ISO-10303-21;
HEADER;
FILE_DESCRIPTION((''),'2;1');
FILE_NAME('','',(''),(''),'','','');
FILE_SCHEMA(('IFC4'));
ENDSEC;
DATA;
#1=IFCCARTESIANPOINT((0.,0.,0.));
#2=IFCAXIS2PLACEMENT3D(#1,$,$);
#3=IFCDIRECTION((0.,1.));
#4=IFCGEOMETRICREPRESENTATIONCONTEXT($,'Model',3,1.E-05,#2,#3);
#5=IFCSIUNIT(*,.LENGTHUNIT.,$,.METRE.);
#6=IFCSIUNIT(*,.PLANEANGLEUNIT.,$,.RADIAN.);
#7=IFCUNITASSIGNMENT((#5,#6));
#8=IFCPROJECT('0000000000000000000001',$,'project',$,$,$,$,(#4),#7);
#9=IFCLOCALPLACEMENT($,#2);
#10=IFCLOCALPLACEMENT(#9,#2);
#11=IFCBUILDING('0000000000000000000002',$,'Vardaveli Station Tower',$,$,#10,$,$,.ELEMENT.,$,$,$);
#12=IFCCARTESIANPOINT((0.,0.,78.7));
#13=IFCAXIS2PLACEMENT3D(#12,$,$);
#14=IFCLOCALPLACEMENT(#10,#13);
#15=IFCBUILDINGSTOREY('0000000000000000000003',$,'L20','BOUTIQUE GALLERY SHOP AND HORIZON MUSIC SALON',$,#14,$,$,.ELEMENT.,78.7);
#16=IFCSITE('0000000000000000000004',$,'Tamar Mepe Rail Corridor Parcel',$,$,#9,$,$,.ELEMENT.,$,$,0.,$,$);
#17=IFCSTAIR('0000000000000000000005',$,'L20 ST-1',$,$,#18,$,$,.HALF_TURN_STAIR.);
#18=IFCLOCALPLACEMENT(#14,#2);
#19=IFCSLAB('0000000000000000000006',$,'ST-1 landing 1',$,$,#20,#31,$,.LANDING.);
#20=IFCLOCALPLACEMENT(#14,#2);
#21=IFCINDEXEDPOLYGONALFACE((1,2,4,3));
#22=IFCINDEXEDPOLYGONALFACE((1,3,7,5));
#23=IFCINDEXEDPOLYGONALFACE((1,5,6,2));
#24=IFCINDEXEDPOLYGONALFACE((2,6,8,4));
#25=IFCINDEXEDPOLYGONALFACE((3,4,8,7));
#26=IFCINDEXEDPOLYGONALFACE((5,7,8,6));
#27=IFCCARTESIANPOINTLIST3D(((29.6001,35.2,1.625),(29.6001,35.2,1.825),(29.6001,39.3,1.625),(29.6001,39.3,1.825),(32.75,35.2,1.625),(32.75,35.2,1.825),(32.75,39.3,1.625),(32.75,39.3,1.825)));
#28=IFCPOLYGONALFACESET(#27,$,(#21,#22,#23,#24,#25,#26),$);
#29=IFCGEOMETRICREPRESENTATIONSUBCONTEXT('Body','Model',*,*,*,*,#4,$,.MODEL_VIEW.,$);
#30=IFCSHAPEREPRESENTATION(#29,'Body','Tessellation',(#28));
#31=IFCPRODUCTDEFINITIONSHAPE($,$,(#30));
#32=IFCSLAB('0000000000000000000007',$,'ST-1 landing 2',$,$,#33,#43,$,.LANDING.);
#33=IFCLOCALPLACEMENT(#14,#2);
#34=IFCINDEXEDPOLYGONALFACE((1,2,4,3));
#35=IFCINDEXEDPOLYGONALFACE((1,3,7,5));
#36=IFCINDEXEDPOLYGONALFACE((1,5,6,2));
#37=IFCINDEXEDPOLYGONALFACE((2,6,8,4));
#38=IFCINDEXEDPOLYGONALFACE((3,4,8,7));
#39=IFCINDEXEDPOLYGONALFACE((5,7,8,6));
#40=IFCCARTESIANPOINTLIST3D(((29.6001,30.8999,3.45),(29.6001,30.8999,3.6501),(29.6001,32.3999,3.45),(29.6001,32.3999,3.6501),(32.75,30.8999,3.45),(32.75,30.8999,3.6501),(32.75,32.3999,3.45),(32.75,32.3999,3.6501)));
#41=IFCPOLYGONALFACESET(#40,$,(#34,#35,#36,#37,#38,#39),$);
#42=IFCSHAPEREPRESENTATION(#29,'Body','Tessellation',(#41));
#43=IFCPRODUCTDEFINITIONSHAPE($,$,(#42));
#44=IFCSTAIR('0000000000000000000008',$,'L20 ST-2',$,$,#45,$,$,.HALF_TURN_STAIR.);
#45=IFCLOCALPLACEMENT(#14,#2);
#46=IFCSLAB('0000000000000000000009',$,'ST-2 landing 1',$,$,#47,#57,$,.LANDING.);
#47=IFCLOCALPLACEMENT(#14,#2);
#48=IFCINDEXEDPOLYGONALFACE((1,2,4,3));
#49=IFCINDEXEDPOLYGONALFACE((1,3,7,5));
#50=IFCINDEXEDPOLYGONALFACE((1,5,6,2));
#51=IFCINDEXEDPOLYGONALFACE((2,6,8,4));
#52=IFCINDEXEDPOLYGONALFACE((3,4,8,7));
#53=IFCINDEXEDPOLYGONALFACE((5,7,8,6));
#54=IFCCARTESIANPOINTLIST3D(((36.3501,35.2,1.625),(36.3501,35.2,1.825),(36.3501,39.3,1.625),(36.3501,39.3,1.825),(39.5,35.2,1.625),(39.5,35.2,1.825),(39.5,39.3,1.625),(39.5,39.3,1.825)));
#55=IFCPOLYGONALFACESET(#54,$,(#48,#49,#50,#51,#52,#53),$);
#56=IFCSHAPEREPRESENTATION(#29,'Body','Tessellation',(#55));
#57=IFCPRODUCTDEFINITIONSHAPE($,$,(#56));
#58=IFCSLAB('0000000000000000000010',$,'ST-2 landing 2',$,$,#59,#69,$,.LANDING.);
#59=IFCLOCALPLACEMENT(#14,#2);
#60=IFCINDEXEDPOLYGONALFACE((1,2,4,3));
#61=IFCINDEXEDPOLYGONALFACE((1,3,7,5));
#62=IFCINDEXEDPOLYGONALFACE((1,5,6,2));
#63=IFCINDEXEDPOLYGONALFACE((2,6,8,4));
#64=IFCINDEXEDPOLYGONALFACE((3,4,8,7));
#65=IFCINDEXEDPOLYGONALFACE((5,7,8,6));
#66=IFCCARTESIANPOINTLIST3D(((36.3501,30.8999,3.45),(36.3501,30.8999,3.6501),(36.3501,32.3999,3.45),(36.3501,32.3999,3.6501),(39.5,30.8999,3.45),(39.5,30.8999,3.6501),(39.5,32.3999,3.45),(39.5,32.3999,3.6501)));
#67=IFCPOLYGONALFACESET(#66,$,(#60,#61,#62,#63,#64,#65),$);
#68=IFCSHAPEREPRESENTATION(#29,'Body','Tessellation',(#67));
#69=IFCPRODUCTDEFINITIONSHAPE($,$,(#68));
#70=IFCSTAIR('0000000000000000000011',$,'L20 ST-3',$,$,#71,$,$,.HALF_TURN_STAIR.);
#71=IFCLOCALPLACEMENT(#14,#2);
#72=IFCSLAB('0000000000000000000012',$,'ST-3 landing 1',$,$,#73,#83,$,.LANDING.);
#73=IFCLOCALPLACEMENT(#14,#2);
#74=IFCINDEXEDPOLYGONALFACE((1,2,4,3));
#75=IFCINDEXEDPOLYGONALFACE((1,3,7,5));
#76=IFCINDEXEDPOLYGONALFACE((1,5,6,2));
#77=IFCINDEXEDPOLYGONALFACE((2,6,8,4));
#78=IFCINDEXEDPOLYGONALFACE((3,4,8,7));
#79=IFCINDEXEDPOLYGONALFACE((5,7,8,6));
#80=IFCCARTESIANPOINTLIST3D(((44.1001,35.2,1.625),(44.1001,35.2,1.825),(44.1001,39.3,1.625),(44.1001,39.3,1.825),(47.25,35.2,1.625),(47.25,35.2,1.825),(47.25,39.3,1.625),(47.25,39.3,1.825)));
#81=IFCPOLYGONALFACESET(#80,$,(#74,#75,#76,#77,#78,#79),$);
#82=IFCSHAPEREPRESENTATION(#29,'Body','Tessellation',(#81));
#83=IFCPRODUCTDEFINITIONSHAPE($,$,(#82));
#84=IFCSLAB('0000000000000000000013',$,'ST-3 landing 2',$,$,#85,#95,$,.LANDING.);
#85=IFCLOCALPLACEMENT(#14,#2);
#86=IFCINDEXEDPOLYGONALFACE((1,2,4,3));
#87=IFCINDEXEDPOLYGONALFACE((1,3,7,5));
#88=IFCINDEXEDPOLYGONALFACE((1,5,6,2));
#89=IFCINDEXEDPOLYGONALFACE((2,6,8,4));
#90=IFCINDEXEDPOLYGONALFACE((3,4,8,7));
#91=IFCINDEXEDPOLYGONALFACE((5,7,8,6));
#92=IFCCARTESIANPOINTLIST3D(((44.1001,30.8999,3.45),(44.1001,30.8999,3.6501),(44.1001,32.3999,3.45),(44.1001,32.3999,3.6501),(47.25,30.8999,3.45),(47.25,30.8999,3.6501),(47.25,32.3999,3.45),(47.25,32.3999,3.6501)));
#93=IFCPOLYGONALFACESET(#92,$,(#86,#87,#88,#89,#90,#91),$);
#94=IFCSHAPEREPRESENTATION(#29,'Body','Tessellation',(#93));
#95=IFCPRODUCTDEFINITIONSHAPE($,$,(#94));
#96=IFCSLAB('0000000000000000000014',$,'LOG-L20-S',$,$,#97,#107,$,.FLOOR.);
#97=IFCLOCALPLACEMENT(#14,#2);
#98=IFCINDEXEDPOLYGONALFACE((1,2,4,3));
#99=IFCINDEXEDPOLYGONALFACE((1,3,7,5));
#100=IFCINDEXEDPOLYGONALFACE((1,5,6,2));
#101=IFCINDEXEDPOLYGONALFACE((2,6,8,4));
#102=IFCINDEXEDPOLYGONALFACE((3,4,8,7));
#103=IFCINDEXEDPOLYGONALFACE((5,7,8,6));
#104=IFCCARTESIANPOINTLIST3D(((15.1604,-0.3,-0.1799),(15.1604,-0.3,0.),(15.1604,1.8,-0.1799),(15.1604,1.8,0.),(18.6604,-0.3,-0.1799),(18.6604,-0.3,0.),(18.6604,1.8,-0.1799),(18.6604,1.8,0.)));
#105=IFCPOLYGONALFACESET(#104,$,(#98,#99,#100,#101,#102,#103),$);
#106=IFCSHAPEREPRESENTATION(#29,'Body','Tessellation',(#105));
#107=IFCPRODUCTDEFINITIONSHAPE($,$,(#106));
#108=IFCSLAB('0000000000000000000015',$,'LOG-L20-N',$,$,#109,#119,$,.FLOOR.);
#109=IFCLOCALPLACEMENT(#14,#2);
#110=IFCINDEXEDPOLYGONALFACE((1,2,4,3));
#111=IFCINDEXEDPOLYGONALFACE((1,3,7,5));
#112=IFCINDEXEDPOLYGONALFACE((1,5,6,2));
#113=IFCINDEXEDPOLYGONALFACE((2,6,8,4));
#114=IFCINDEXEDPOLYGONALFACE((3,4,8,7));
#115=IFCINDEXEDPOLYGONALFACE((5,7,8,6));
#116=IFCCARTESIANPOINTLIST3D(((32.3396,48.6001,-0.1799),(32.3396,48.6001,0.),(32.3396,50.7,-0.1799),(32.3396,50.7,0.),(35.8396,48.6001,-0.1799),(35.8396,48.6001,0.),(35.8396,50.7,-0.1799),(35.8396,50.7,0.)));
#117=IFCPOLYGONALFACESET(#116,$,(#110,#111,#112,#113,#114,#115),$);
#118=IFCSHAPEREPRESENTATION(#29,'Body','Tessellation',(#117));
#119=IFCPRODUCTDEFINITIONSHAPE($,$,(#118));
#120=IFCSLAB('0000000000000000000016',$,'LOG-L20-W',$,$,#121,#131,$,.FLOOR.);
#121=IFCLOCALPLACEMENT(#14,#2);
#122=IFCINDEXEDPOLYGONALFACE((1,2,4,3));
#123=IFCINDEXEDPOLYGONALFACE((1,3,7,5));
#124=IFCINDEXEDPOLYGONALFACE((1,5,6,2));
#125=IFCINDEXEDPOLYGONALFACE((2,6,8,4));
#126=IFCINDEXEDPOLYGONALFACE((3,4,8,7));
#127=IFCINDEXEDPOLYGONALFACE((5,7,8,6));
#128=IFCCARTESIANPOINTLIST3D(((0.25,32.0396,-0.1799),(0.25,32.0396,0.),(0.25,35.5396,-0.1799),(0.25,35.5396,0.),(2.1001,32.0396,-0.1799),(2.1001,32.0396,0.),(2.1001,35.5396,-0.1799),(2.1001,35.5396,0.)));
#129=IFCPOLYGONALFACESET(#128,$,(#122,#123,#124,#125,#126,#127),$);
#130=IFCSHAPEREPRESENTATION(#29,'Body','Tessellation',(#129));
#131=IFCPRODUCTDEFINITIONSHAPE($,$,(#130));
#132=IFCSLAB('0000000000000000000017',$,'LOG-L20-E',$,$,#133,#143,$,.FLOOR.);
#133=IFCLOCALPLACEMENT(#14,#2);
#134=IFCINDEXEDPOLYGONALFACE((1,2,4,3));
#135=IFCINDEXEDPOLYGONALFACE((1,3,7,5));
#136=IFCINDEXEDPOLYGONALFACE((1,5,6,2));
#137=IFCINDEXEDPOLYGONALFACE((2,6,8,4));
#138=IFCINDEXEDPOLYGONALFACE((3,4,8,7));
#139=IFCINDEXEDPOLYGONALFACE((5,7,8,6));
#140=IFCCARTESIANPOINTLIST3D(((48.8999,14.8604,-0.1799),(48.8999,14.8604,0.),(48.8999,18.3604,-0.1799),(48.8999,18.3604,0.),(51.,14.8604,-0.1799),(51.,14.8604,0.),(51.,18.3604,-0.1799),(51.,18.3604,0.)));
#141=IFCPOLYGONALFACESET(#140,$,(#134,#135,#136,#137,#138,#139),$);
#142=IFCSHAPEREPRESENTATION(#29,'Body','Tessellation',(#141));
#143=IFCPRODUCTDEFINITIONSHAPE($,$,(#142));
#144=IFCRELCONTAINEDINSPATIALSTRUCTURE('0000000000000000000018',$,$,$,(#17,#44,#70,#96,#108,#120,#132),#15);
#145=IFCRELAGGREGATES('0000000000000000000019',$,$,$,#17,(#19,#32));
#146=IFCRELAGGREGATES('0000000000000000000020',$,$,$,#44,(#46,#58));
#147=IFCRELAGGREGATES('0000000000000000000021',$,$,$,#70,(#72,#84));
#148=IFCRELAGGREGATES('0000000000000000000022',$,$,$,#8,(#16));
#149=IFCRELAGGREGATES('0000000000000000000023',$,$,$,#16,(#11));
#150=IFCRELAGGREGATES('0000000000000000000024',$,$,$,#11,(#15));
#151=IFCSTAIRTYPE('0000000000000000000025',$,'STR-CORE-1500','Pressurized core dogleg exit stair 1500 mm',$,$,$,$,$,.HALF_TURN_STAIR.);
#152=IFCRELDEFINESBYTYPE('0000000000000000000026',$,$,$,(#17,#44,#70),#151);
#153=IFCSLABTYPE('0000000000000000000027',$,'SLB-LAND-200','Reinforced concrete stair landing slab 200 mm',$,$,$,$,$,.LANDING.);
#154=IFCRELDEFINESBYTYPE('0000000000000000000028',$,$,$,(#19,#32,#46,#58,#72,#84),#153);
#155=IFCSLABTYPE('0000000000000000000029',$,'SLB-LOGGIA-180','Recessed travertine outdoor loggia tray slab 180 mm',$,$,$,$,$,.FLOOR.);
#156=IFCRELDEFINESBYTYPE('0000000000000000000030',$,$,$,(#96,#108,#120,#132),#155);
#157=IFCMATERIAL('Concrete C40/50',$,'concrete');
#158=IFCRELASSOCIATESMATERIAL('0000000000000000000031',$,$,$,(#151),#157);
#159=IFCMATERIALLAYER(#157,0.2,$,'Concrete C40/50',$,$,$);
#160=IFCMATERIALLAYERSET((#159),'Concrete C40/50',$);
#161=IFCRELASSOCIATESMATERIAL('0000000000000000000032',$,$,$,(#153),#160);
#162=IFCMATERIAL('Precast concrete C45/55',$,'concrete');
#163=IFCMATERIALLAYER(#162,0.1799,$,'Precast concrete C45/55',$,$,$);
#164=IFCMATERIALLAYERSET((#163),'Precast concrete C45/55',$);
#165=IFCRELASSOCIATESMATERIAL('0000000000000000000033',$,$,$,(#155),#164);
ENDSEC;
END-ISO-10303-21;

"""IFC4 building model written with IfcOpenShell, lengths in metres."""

from ifc_helpers import new_model, si_unit, direction, frame, origin, place, context, subcontext, project, spatial, polyline, outline, extrude, material, layer, layer_set, type_object, element, aggregate, save


model = new_model("IFC4")

# Units and contexts
model_context = context("Model", 3, precision=1e-05, world=origin(), true_north=direction((0.0, 1.0)))
body_context = subcontext(model_context, "Body", "Model", "MODEL_VIEW")
ifc_project = project(units=[si_unit("LENGTHUNIT", "METRE"), si_unit("PLANEANGLEUNIT", "RADIAN")], contexts=[model_context])

# Site, building, storey
site_placement = place(None, origin())
site = spatial("IfcSite", under=ifc_project, at=site_placement, Name="Tamar Mepe Rail Corridor Parcel", CompositionType="ELEMENT", RefElevation=0.0)
building_placement = place(site_placement, origin())
building = spatial("IfcBuilding", under=site, at=building_placement, Name="Vardaveli Station Tower", CompositionType="ELEMENT")
storey_placement = place(building_placement, frame((0.0, 0.0, 78.7)))
storey = spatial("IfcBuildingStorey", under=building, at=storey_placement, Name="L20", Description="BOUTIQUE GALLERY SHOP AND HORIZON MUSIC SALON", CompositionType="ELEMENT", Elevation=78.7)

# Stairs, slabs
ifc_material_1 = material(Name="Concrete C40/50", Category="concrete")
stair_type = type_object("IfcStairType", Name="STR-CORE-1500", Description="Pressurized core dogleg exit stair 1500 mm", PredefinedType="HALF_TURN_STAIR", material=ifc_material_1)
stair_1_placement = place(storey_placement, origin())
stair_1 = element("IfcStair", 1, at=stair_1_placement, inside=storey, type_object=stair_type, Name="L20 ST-1", PredefinedType="HALF_TURN_STAIR")
ifc_layer_1 = layer(ifc_material_1, 0.2, Name="Concrete C40/50")
ifc_layer_set_1 = layer_set([ifc_layer_1], Name="Concrete C40/50")
slab_type_1 = type_object("IfcSlabType", Name="SLB-LAND-200", Description="Reinforced concrete stair landing slab 200 mm", PredefinedType="LANDING", material=ifc_layer_set_1)
slab_1_placement = place(storey_placement, frame((0.0, 0.0, 1.625)))
slab_1 = element("IfcSlab", 2, at=slab_1_placement, type_object=slab_type_1, Name="ST-1 landing 1", PredefinedType="LANDING", context=body_context, shape_type="SweptSolid", body=[
    extrude(outline(polyline([(32.75, 35.2), (32.75, 39.3), (29.6001, 39.3), (29.6001, 35.2), (32.75, 35.2)])), origin(), (0.0, 0.0, 1.0), 0.2),
])
slab_2_placement = place(storey_placement, frame((0.0, 0.0, 3.45)))
slab_2 = element("IfcSlab", 3, at=slab_2_placement, type_object=slab_type_1, Name="ST-1 landing 2", PredefinedType="LANDING", context=body_context, shape_type="SweptSolid", body=[
    extrude(outline(polyline([(32.75, 30.8999), (32.75, 32.3999), (29.6001, 32.3999), (29.6001, 30.8999), (32.75, 30.8999)])), origin(), (0.0, 0.0, 1.0), 0.2002),
])
aggregate(stair_1, [slab_1, slab_2])
stair_2_placement = place(storey_placement, origin())
stair_2 = element("IfcStair", 4, at=stair_2_placement, inside=storey, type_object=stair_type, Name="L20 ST-2", PredefinedType="HALF_TURN_STAIR")
slab_3_placement = place(storey_placement, frame((0.0, 0.0, 1.625)))
slab_3 = element("IfcSlab", 5, at=slab_3_placement, type_object=slab_type_1, Name="ST-2 landing 1", PredefinedType="LANDING", context=body_context, shape_type="SweptSolid", body=[
    extrude(outline(polyline([(39.5, 35.2), (39.5, 39.3), (36.3501, 39.3), (36.3501, 35.2), (39.5, 35.2)])), origin(), (0.0, 0.0, 1.0), 0.2),
])
slab_4_placement = place(storey_placement, frame((0.0, 0.0, 3.45)))
slab_4 = element("IfcSlab", 6, at=slab_4_placement, type_object=slab_type_1, Name="ST-2 landing 2", PredefinedType="LANDING", context=body_context, shape_type="SweptSolid", body=[
    extrude(outline(polyline([(39.5, 30.8999), (39.5, 32.3999), (36.3501, 32.3999), (36.3501, 30.8999), (39.5, 30.8999)])), origin(), (0.0, 0.0, 1.0), 0.2002),
])
aggregate(stair_2, [slab_3, slab_4])
stair_3_placement = place(storey_placement, origin())
stair_3 = element("IfcStair", 7, at=stair_3_placement, inside=storey, type_object=stair_type, Name="L20 ST-3", PredefinedType="HALF_TURN_STAIR")
slab_5_placement = place(storey_placement, frame((0.0, 0.0, 1.625)))
slab_5 = element("IfcSlab", 8, at=slab_5_placement, type_object=slab_type_1, Name="ST-3 landing 1", PredefinedType="LANDING", context=body_context, shape_type="SweptSolid", body=[
    extrude(outline(polyline([(47.25, 35.2), (47.25, 39.3), (44.1001, 39.3), (44.1001, 35.2), (47.25, 35.2)])), origin(), (0.0, 0.0, 1.0), 0.2),
])
slab_6_placement = place(storey_placement, frame((0.0, 0.0, 3.45)))
slab_6 = element("IfcSlab", 9, at=slab_6_placement, type_object=slab_type_1, Name="ST-3 landing 2", PredefinedType="LANDING", context=body_context, shape_type="SweptSolid", body=[
    extrude(outline(polyline([(47.25, 30.8999), (47.25, 32.3999), (44.1001, 32.3999), (44.1001, 30.8999), (47.25, 30.8999)])), origin(), (0.0, 0.0, 1.0), 0.2002),
])
aggregate(stair_3, [slab_5, slab_6])

# Slabs
ifc_material_2 = material(Name="Precast concrete C45/55", Category="concrete")
ifc_layer_2 = layer(ifc_material_2, 0.1799, Name="Precast concrete C45/55")
ifc_layer_set_2 = layer_set([ifc_layer_2], Name="Precast concrete C45/55")
slab_type_2 = type_object("IfcSlabType", Name="SLB-LOGGIA-180", Description="Recessed travertine outdoor loggia tray slab 180 mm", PredefinedType="FLOOR", material=ifc_layer_set_2)
slab_7_placement = place(storey_placement, frame((0.0, 0.0, -0.1799)))
element("IfcSlab", 10, at=slab_7_placement, inside=storey, type_object=slab_type_2, Name="LOG-L20-S", PredefinedType="FLOOR", context=body_context, shape_type="SweptSolid", body=[
    extrude(outline(polyline([(15.1604, -0.3), (18.6604, -0.3), (18.6604, 1.8), (15.1604, 1.8), (15.1604, -0.3)])), origin(), (0.0, 0.0, 1.0), 0.1799),
])
slab_8_placement = place(storey_placement, frame((0.0, 0.0, -0.1799)))
element("IfcSlab", 11, at=slab_8_placement, inside=storey, type_object=slab_type_2, Name="LOG-L20-N", PredefinedType="FLOOR", context=body_context, shape_type="SweptSolid", body=[
    extrude(outline(polyline([(32.3396, 48.6001), (35.8396, 48.6001), (35.8396, 50.7), (32.3396, 50.7), (32.3396, 48.6001)])), origin(), (0.0, 0.0, 1.0), 0.1799),
])
slab_9_placement = place(storey_placement, frame((0.0, 0.0, -0.1799)))
element("IfcSlab", 12, at=slab_9_placement, inside=storey, type_object=slab_type_2, Name="LOG-L20-W", PredefinedType="FLOOR", context=body_context, shape_type="SweptSolid", body=[
    extrude(outline(polyline([(0.25, 32.0396), (2.1001, 32.0396), (2.1001, 35.5396), (0.25, 35.5396), (0.25, 32.0396)])), origin(), (0.0, 0.0, 1.0), 0.1799),
])
slab_10_placement = place(storey_placement, frame((0.0, 0.0, -0.1799)))
element("IfcSlab", 13, at=slab_10_placement, inside=storey, type_object=slab_type_2, Name="LOG-L20-E", PredefinedType="FLOOR", context=body_context, shape_type="SweptSolid", body=[
    extrude(outline(polyline([(48.8999, 14.8604), (51.0, 14.8604), (51.0, 18.3604), (48.8999, 18.3604), (48.8999, 14.8604)])), origin(), (0.0, 0.0, 1.0), 0.1799),
])

save(model, "model.ifc")
